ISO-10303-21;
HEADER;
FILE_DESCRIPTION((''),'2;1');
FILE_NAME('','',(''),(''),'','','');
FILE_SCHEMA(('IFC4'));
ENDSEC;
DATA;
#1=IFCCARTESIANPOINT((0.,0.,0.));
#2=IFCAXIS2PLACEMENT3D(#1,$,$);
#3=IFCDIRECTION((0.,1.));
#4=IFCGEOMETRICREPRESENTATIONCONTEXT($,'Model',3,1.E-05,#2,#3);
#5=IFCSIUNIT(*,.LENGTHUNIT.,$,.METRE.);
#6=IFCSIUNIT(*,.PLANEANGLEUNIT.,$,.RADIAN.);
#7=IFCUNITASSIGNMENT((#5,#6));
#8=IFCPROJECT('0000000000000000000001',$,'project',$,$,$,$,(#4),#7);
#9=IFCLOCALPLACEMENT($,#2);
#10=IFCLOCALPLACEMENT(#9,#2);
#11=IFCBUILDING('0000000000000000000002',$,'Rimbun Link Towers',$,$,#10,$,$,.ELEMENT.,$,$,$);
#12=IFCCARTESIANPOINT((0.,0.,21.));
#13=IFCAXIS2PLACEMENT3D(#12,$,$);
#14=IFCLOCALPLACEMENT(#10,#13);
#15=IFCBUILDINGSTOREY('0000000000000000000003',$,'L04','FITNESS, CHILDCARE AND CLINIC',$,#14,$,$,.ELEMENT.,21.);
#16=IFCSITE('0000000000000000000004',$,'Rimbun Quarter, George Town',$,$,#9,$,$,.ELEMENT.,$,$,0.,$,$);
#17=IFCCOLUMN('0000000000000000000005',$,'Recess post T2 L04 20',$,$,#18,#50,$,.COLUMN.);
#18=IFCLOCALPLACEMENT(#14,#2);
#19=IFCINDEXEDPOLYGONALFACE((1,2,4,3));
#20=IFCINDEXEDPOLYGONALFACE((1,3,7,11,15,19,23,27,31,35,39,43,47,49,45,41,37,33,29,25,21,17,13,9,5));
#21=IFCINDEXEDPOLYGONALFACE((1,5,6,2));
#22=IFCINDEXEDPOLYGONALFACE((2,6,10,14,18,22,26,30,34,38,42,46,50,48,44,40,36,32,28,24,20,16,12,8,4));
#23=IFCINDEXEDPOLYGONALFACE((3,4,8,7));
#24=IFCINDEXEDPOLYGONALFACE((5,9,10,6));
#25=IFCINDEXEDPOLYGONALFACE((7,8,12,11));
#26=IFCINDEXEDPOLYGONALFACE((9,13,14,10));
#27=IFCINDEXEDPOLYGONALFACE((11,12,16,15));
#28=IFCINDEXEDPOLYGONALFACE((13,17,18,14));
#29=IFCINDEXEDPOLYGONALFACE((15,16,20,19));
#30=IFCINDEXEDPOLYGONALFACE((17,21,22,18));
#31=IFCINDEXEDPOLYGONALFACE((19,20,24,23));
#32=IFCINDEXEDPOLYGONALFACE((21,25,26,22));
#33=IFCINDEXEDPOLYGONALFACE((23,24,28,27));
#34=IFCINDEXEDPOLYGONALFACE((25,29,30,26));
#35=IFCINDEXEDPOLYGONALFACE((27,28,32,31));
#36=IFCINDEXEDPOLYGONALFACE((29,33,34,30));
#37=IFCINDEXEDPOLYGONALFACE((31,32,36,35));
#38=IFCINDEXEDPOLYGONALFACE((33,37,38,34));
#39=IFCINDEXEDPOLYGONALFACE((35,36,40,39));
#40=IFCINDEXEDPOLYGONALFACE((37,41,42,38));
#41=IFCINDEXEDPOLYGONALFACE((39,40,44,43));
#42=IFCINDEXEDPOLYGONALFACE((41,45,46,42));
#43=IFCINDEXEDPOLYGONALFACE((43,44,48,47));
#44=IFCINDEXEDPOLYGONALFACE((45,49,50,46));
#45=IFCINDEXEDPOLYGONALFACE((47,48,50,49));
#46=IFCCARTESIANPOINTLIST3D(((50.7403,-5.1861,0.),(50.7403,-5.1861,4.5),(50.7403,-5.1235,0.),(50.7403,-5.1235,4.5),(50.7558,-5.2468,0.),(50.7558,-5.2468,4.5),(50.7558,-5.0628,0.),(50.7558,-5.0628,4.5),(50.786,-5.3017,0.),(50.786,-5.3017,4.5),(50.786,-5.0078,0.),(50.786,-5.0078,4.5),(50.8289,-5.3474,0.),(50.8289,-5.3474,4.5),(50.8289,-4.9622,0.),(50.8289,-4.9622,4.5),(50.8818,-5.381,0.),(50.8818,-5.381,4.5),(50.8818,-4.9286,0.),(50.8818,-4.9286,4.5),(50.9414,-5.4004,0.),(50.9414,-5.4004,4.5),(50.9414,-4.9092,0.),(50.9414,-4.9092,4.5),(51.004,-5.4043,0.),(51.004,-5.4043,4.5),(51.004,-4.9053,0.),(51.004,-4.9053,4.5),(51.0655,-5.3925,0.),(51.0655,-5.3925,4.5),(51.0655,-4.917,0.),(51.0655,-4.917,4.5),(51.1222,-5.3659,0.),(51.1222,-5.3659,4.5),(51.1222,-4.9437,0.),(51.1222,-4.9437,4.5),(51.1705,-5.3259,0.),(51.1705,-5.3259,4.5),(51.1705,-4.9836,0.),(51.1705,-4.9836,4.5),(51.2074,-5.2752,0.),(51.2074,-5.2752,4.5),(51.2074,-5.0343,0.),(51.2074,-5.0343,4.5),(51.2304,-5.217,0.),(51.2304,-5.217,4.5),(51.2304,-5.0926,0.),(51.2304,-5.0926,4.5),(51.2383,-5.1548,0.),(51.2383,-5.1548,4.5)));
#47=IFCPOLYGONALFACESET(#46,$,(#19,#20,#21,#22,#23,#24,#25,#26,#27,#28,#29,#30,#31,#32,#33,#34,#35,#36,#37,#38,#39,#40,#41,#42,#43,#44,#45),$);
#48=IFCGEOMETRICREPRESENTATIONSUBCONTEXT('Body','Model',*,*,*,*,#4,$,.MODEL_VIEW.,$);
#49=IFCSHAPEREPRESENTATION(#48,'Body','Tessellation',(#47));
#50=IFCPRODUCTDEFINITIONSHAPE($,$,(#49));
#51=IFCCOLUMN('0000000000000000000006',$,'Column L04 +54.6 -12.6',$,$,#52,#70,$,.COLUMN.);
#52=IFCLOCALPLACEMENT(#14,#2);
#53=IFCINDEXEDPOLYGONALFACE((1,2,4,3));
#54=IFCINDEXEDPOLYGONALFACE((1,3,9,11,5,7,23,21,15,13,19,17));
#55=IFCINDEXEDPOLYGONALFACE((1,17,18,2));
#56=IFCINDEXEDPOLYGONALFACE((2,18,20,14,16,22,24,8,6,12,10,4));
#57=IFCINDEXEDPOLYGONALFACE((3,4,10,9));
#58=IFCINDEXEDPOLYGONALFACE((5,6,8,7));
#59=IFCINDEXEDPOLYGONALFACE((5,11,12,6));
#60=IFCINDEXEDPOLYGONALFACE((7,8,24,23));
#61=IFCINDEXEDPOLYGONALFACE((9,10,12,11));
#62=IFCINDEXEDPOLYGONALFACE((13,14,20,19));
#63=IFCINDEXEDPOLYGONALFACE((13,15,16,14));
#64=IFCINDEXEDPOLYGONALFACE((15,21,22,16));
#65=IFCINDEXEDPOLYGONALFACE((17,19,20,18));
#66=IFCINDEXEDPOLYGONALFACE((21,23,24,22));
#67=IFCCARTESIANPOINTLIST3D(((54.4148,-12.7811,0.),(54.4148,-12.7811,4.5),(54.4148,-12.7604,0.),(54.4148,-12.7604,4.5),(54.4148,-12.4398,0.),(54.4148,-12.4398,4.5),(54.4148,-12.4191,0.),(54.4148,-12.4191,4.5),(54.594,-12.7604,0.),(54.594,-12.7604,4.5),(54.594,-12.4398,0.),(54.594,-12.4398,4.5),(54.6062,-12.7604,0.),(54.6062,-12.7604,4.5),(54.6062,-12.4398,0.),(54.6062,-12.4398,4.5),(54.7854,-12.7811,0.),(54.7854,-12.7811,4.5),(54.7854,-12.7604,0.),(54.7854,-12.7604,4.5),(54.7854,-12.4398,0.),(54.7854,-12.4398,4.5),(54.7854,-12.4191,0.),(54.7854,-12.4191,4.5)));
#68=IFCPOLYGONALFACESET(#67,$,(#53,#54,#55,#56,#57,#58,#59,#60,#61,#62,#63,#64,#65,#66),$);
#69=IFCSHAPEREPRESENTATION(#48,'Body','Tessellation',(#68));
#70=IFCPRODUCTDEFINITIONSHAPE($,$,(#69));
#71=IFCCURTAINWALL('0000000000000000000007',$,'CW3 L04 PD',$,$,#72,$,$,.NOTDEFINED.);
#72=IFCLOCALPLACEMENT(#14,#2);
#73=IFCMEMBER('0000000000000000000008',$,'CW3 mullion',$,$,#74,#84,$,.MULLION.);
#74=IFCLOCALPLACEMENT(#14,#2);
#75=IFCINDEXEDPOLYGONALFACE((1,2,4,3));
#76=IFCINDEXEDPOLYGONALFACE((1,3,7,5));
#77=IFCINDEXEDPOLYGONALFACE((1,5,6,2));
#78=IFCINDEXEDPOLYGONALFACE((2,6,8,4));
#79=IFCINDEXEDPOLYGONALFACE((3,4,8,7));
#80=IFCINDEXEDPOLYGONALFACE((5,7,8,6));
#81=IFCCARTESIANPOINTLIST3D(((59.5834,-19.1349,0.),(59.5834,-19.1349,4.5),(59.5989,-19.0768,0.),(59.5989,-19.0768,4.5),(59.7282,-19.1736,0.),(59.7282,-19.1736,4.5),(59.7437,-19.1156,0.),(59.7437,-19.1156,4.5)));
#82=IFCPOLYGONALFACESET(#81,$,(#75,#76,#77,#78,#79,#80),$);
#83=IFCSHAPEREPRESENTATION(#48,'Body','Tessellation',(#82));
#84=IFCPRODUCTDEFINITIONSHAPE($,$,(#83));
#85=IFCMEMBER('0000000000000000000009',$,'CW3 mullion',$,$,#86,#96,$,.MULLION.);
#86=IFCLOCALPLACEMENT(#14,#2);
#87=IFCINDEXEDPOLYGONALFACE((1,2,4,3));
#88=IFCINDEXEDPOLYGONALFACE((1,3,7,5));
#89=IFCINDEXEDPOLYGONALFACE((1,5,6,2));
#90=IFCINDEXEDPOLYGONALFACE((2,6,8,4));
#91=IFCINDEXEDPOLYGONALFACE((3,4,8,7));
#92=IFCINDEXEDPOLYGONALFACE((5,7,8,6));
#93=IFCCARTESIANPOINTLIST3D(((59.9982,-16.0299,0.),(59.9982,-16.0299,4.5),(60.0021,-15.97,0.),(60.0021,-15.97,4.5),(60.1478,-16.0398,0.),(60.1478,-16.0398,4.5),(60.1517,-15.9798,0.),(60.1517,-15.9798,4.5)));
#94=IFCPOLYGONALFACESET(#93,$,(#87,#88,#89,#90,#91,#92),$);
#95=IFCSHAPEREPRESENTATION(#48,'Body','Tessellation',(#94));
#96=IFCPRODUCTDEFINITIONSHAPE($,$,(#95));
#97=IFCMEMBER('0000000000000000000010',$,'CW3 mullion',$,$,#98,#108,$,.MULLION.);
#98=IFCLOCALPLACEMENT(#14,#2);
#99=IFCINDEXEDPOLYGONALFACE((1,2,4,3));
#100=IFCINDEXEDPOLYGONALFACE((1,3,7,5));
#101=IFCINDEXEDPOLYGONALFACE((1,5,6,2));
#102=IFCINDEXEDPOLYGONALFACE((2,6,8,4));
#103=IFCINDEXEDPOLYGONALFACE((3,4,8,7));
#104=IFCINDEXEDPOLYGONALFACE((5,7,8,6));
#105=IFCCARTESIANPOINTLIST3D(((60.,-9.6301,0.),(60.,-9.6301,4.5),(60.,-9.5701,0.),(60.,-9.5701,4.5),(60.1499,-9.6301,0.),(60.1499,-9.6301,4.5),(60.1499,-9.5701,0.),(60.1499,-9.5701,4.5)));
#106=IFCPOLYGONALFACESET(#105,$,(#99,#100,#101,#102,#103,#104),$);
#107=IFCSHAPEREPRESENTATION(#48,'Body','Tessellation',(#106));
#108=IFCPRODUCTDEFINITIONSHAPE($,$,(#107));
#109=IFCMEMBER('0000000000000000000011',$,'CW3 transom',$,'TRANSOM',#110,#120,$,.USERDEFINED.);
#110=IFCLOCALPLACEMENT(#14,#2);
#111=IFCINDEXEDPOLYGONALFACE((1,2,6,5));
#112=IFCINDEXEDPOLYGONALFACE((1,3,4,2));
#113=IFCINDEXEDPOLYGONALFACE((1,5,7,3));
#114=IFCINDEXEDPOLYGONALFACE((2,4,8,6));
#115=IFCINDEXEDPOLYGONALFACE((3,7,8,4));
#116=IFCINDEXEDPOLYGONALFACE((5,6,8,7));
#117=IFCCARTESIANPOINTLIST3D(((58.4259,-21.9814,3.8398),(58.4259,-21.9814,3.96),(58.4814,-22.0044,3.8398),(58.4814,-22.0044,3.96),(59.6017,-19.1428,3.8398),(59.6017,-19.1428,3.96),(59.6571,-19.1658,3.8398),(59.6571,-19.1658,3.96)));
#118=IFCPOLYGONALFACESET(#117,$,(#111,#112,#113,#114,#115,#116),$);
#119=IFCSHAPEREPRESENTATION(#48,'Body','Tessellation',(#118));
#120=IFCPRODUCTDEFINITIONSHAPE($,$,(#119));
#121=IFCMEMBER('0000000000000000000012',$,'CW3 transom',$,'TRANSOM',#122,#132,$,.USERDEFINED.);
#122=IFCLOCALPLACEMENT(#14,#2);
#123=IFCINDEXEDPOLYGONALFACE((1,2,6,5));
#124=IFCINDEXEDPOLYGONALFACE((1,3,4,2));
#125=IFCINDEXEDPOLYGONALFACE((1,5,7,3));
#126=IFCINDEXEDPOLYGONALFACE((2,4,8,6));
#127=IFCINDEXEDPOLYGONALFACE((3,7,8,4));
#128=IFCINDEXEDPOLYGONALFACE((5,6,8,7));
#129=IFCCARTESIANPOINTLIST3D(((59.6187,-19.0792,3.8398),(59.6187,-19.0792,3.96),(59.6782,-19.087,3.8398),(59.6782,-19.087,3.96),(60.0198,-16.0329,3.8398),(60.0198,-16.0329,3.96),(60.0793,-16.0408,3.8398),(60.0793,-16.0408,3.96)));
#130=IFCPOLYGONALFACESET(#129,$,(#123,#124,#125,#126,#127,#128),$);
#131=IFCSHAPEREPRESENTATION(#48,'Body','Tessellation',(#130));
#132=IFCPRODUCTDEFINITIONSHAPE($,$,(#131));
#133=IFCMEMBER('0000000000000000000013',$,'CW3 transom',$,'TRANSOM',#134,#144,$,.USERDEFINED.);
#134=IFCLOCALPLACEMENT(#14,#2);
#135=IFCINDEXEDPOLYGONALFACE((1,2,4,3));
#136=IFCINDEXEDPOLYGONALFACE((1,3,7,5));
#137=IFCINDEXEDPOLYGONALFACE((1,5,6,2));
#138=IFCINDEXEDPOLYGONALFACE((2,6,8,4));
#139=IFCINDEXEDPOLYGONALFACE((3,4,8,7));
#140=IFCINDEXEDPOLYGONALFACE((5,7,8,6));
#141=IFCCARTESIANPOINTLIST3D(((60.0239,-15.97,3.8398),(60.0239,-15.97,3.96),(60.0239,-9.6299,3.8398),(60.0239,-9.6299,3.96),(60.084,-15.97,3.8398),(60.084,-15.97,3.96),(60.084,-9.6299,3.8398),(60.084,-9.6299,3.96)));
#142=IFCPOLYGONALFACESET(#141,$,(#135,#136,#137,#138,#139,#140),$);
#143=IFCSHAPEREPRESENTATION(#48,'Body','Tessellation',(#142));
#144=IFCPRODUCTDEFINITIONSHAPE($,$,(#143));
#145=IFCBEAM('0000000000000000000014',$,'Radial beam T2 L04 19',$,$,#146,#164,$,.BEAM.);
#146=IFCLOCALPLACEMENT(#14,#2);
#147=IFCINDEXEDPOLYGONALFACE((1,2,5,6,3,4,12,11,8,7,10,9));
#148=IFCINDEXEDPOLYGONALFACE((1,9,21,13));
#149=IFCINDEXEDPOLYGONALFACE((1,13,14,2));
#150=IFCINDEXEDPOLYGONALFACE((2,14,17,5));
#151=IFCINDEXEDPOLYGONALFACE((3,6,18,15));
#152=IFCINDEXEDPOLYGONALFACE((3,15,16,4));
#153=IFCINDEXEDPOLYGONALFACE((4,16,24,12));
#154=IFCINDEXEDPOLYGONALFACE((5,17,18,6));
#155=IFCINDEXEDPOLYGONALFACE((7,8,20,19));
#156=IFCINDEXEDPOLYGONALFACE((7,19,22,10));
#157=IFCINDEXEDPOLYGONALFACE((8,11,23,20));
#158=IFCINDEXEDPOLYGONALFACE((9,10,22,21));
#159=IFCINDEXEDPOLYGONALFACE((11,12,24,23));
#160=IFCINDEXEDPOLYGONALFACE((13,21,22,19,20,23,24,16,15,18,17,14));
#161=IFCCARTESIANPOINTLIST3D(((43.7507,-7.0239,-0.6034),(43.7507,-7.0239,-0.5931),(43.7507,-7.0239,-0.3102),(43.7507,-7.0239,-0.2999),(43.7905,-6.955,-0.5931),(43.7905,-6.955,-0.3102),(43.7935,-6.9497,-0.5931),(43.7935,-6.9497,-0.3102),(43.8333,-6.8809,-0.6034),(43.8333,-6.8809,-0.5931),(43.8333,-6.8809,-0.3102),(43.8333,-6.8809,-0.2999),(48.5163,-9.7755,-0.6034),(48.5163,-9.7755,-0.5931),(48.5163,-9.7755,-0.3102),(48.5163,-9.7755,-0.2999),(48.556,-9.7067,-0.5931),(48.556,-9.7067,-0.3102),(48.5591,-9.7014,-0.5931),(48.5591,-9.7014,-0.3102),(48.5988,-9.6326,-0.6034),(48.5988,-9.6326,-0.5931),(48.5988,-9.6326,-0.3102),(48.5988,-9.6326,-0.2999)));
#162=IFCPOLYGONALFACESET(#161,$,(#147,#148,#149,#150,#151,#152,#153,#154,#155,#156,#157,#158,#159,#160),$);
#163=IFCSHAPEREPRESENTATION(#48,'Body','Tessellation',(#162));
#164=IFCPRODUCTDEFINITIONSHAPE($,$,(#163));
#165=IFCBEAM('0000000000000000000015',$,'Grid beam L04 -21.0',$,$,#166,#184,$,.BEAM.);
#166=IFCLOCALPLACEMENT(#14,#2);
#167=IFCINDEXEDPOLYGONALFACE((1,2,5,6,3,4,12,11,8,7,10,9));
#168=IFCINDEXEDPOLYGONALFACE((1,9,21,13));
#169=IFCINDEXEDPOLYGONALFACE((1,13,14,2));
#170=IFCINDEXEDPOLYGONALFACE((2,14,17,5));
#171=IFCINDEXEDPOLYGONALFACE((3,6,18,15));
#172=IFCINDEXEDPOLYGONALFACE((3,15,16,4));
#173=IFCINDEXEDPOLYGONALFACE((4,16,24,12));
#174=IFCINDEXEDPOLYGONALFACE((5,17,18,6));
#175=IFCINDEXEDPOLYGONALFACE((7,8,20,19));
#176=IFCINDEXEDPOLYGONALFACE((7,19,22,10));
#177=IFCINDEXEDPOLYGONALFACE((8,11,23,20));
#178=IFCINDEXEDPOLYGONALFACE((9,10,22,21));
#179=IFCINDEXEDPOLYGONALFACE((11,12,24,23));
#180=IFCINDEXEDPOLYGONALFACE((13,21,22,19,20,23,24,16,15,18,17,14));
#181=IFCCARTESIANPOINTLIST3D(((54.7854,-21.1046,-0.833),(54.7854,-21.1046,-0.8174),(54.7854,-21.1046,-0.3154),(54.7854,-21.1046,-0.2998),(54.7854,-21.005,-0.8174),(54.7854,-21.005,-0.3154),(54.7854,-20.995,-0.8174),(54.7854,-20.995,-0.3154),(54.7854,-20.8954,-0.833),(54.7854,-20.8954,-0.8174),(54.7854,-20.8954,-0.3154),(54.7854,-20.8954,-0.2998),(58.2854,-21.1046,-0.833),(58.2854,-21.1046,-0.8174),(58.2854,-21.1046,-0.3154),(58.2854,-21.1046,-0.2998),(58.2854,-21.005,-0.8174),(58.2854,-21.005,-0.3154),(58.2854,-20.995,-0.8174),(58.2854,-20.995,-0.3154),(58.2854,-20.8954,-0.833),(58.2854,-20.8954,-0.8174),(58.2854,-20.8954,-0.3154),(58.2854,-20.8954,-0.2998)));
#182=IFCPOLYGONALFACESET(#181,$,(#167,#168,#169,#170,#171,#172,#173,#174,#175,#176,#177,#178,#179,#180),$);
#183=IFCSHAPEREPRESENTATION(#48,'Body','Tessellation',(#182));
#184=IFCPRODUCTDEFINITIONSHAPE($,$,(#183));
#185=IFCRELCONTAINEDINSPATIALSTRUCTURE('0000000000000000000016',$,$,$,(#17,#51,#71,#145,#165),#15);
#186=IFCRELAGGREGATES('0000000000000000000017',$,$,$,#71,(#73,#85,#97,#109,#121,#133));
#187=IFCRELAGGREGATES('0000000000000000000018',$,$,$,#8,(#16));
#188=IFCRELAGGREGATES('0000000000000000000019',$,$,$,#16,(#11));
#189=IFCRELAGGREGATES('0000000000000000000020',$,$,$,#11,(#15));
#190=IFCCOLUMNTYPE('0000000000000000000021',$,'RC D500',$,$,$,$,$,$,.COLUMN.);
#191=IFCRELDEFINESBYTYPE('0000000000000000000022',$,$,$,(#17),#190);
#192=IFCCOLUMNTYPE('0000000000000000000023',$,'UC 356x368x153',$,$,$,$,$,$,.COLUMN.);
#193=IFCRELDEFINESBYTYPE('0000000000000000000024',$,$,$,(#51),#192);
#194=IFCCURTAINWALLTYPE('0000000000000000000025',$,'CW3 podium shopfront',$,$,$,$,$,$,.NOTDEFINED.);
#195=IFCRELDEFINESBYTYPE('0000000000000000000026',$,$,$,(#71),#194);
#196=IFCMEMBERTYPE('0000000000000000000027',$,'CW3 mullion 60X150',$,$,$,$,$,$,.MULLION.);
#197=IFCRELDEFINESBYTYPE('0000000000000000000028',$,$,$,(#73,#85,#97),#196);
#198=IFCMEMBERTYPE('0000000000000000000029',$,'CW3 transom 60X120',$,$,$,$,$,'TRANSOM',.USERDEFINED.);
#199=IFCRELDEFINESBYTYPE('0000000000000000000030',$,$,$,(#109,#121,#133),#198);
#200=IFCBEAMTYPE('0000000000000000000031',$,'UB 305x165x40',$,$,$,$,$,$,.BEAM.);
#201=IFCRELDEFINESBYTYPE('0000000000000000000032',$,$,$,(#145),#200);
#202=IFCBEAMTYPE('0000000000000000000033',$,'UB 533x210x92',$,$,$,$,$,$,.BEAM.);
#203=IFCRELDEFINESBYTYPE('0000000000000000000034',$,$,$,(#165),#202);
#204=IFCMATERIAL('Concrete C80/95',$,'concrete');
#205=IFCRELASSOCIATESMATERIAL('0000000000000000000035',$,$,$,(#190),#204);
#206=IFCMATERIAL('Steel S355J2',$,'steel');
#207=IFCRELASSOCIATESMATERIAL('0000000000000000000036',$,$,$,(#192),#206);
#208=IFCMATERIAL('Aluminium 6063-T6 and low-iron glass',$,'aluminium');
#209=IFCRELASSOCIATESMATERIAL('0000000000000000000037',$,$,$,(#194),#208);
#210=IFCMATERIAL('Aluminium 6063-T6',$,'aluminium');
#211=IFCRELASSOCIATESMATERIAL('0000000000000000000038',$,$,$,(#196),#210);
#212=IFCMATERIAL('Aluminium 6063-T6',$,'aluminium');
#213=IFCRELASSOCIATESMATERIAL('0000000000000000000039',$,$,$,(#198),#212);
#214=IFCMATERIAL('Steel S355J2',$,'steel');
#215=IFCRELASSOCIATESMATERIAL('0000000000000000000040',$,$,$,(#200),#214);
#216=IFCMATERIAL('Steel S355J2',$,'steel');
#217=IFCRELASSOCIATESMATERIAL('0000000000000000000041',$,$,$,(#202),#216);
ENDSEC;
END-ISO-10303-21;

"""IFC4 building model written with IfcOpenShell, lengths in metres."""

from ifc_helpers import new_model, si_unit, direction, frame, origin, origin_2d, place, context, subcontext, project, spatial, rectangle, circle, i_section, extrude, material, material_profile, profile_set, type_object, element, aggregate, save


model = new_model("IFC4")

# Units and contexts
model_context = context("Model", 3, precision=1e-05, world=origin(), true_north=direction((0.0, 1.0)))
body_context = subcontext(model_context, "Body", "Model", "MODEL_VIEW")
ifc_project = project(units=[si_unit("LENGTHUNIT", "METRE"), si_unit("PLANEANGLEUNIT", "RADIAN")], contexts=[model_context])

# Site, building, storey
site_placement = place(None, origin())
site = spatial("IfcSite", under=ifc_project, at=site_placement, Name="Rimbun Quarter, George Town", CompositionType="ELEMENT", RefElevation=0.0)
building_placement = place(site_placement, origin())
building = spatial("IfcBuilding", under=site, at=building_placement, Name="Rimbun Link Towers", CompositionType="ELEMENT")
storey_placement = place(building_placement, frame((0.0, 0.0, 21.0)))
storey = spatial("IfcBuildingStorey", under=building, at=storey_placement, Name="L04", Description="FITNESS, CHILDCARE AND CLINIC", CompositionType="ELEMENT", Elevation=21.0)

# Columns
ifc_material_1 = material(Name="Concrete C80/95", Category="concrete")
ifc_material_profile_1 = material_profile(ifc_material_1, circle(Radius=0.25, at=origin_2d()), Name="RC D500")
ifc_profile_set_1 = profile_set([ifc_material_profile_1], Name="Concrete C80/95")
column_type_1 = type_object("IfcColumnType", Name="RC D500", PredefinedType="COLUMN", material=ifc_profile_set_1)
column_1_placement = place(storey_placement, frame((50.9883, -5.1548, 0.0), z_axis=(0.0, 0.0, 1.0), x_axis=(1.0, 0.0, 0.0)))
element("IfcColumn", 1, at=column_1_placement, inside=storey, type_object=column_type_1, Name="Recess post T2 L04 20", PredefinedType="COLUMN", context=body_context, shape_type="SweptSolid", body=[
    extrude(circle(Radius=0.25, at=origin_2d()), origin(), (0.0, 0.0, 1.0), 4.5),
])
ifc_material_2 = material(Name="Steel S355J2", Category="steel")
ifc_material_profile_2 = material_profile(ifc_material_2, i_section(OverallWidth=0.3706, OverallDepth=0.3621, WebThickness=0.0122, FlangeThickness=0.0208, at=origin_2d()), Name="UC 356x368x153")
ifc_profile_set_2 = profile_set([ifc_material_profile_2], Name="Steel S355J2")
column_type_2 = type_object("IfcColumnType", Name="UC 356x368x153", PredefinedType="COLUMN", material=ifc_profile_set_2)
column_2_placement = place(storey_placement, frame((54.6001, -12.6001, 0.0), z_axis=(0.0, 0.0, 1.0), x_axis=(1.0, 0.0, 0.0)))
element("IfcColumn", 2, at=column_2_placement, inside=storey, type_object=column_type_2, Name="Column L04 +54.6 -12.6", PredefinedType="COLUMN", context=body_context, shape_type="SweptSolid", body=[
    extrude(i_section(OverallWidth=0.3706, OverallDepth=0.3621, WebThickness=0.0122, FlangeThickness=0.0208, at=origin_2d()), origin(), (0.0, 0.0, 1.0), 4.5),
])

# Curtain wall, members
ifc_material_3 = material(Name="Aluminium 6063-T6 and low-iron glass", Category="aluminium")
curtain_wall_type = type_object("IfcCurtainWallType", Name="CW3 podium shopfront", PredefinedType="NOTDEFINED", material=ifc_material_3)
curtain_wall_placement = place(storey_placement, origin())
curtain_wall = element("IfcCurtainWall", 3, at=curtain_wall_placement, inside=storey, type_object=curtain_wall_type, Name="CW3 L04 PD", PredefinedType="NOTDEFINED")
ifc_material_4 = material(Name="Aluminium 6063-T6", Category="aluminium")
ifc_material_profile_3 = material_profile(ifc_material_4, rectangle(XDim=0.1499, YDim=0.0601, at=origin_2d()), Name="MULLION 60X150")
ifc_profile_set_3 = profile_set([ifc_material_profile_3], Name="Aluminium 6063-T6")
member_type_1 = type_object("IfcMemberType", Name="CW3 mullion 60X150", PredefinedType="MULLION", material=ifc_profile_set_3)
member_1_placement = place(storey_placement, frame((59.6636, -19.1252, 0.0), z_axis=(0.0, 0.0, 1.0), x_axis=(0.965926, -0.258819, 0.0)))
member_1 = element("IfcMember", 4, at=member_1_placement, type_object=member_type_1, Name="CW3 mullion", PredefinedType="MULLION", context=body_context, shape_type="SweptSolid", body=[
    extrude(rectangle(XDim=0.1499, YDim=0.0601, at=origin_2d()), origin(), (0.0, 0.0, 1.0), 4.5),
])
member_2_placement = place(storey_placement, frame((60.075, -16.0049, 0.0), z_axis=(0.0, 0.0, 1.0), x_axis=(0.997859, -0.065405, 0.0)))
member_2 = element("IfcMember", 5, at=member_2_placement, type_object=member_type_1, Name="CW3 mullion", PredefinedType="MULLION", context=body_context, shape_type="SweptSolid", body=[
    extrude(rectangle(XDim=0.1499, YDim=0.0601, at=origin_2d()), origin(), (0.0, 0.0, 1.0), 4.5),
])
member_3_placement = place(storey_placement, frame((60.075, -9.6001, 0.0), z_axis=(0.0, 0.0, 1.0), x_axis=(1.0, 0.0, 0.0)))
member_3 = element("IfcMember", 6, at=member_3_placement, type_object=member_type_1, Name="CW3 mullion", PredefinedType="MULLION", context=body_context, shape_type="SweptSolid", body=[
    extrude(rectangle(XDim=0.1499, YDim=0.0601, at=origin_2d()), origin(), (0.0, 0.0, 1.0), 4.5),
])
ifc_material_5 = material(Name="Aluminium 6063-T6", Category="aluminium")
ifc_material_profile_4 = material_profile(ifc_material_5, rectangle(XDim=0.0601, YDim=0.1201, at=origin_2d()), Name="TRANSOM 60X120")
ifc_profile_set_4 = profile_set([ifc_material_profile_4], Name="Aluminium 6063-T6")
member_type_2 = type_object("IfcMemberType", Name="CW3 transom 60X120", ElementType="TRANSOM", PredefinedType="USERDEFINED", material=ifc_profile_set_4)
member_4_placement = place(storey_placement, frame((59.6294, -19.1543, 3.8999), z_axis=(-0.382679, -0.923881, 0.0), x_axis=(0.923881, -0.382679, 0.0)))
member_4 = element("IfcMember", 7, at=member_4_placement, type_object=member_type_2, Name="CW3 transom", ObjectType="TRANSOM", PredefinedType="USERDEFINED", context=body_context, shape_type="SweptSolid", body=[
    extrude(rectangle(XDim=0.0601, YDim=0.1201, at=origin_2d()), origin(), (0.0, 0.0, 1.0), 3.0725),
])
member_5_placement = place(storey_placement, frame((60.0496, -16.0369, 3.8999), z_axis=(-0.130555, -0.991441, 0.0), x_axis=(0.991441, -0.130555, 0.0)))
member_5 = element("IfcMember", 8, at=member_5_placement, type_object=member_type_2, Name="CW3 transom", ObjectType="TRANSOM", PredefinedType="USERDEFINED", context=body_context, shape_type="SweptSolid", body=[
    extrude(rectangle(XDim=0.0601, YDim=0.1201, at=origin_2d()), origin(), (0.0, 0.0, 1.0), 3.0725),
])
member_6_placement = place(storey_placement, frame((60.054, -9.6299, 3.8999), z_axis=(0.0, -1.0, 0.0), x_axis=(1.0, 0.0, 0.0)))
member_6 = element("IfcMember", 9, at=member_6_placement, type_object=member_type_2, Name="CW3 transom", ObjectType="TRANSOM", PredefinedType="USERDEFINED", context=body_context, shape_type="SweptSolid", body=[
    extrude(rectangle(XDim=0.0601, YDim=0.1201, at=origin_2d()), origin(), (0.0, 0.0, 1.0), 6.3401),
])

# Beams
ifc_material_6 = material(Name="Steel S355J2", Category="steel")
ifc_material_profile_5 = material_profile(ifc_material_6, i_section(OverallWidth=0.165, OverallDepth=0.3035, WebThickness=0.0061, FlangeThickness=0.0103, at=origin_2d()), Name="UB 305x165x40")
ifc_profile_set_5 = profile_set([ifc_material_profile_5], Name="Steel S355J2")
beam_type_1 = type_object("IfcBeamType", Name="UB 305x165x40", PredefinedType="BEAM", material=ifc_profile_set_5)
beam_1_placement = place(storey_placement, frame((43.792, -6.9524, -0.4517), z_axis=(0.866004, -0.500037, 0.0), x_axis=(0.500037, 0.866004, 0.0)))
element("IfcBeam", 10, at=beam_1_placement, inside=storey, type_object=beam_type_1, Name="Radial beam T2 L04 19", PredefinedType="BEAM", context=body_context, shape_type="SweptSolid", body=[
    extrude(i_section(OverallWidth=0.165, OverallDepth=0.3035, WebThickness=0.0061, FlangeThickness=0.0103, at=origin_2d()), origin(), (0.0, 0.0, 1.0), 5.5029),
])
ifc_material_7 = material(Name="Steel S355J2", Category="steel")
ifc_material_profile_6 = material_profile(ifc_material_7, i_section(OverallWidth=0.2092, OverallDepth=0.5332, WebThickness=0.01, FlangeThickness=0.0156, at=origin_2d()), Name="UB 533x210x92")
ifc_profile_set_6 = profile_set([ifc_material_profile_6], Name="Steel S355J2")
beam_type_2 = type_object("IfcBeamType", Name="UB 533x210x92", PredefinedType="BEAM", material=ifc_profile_set_6)
beam_2_placement = place(storey_placement, frame((54.7854, -21.0, -0.5664), z_axis=(1.0, 0.0, 0.0), x_axis=(0.0, 1.0, 0.0)))
element("IfcBeam", 11, at=beam_2_placement, inside=storey, type_object=beam_type_2, Name="Grid beam L04 -21.0", PredefinedType="BEAM", context=body_context, shape_type="SweptSolid", body=[
    extrude(i_section(OverallWidth=0.2092, OverallDepth=0.5332, WebThickness=0.01, FlangeThickness=0.0156, at=origin_2d()), origin(), (0.0, 0.0, 1.0), 3.5),
])

aggregate(curtain_wall, [member_1, member_2, member_3, member_4, member_5, member_6])

save(model, "model.ifc")
